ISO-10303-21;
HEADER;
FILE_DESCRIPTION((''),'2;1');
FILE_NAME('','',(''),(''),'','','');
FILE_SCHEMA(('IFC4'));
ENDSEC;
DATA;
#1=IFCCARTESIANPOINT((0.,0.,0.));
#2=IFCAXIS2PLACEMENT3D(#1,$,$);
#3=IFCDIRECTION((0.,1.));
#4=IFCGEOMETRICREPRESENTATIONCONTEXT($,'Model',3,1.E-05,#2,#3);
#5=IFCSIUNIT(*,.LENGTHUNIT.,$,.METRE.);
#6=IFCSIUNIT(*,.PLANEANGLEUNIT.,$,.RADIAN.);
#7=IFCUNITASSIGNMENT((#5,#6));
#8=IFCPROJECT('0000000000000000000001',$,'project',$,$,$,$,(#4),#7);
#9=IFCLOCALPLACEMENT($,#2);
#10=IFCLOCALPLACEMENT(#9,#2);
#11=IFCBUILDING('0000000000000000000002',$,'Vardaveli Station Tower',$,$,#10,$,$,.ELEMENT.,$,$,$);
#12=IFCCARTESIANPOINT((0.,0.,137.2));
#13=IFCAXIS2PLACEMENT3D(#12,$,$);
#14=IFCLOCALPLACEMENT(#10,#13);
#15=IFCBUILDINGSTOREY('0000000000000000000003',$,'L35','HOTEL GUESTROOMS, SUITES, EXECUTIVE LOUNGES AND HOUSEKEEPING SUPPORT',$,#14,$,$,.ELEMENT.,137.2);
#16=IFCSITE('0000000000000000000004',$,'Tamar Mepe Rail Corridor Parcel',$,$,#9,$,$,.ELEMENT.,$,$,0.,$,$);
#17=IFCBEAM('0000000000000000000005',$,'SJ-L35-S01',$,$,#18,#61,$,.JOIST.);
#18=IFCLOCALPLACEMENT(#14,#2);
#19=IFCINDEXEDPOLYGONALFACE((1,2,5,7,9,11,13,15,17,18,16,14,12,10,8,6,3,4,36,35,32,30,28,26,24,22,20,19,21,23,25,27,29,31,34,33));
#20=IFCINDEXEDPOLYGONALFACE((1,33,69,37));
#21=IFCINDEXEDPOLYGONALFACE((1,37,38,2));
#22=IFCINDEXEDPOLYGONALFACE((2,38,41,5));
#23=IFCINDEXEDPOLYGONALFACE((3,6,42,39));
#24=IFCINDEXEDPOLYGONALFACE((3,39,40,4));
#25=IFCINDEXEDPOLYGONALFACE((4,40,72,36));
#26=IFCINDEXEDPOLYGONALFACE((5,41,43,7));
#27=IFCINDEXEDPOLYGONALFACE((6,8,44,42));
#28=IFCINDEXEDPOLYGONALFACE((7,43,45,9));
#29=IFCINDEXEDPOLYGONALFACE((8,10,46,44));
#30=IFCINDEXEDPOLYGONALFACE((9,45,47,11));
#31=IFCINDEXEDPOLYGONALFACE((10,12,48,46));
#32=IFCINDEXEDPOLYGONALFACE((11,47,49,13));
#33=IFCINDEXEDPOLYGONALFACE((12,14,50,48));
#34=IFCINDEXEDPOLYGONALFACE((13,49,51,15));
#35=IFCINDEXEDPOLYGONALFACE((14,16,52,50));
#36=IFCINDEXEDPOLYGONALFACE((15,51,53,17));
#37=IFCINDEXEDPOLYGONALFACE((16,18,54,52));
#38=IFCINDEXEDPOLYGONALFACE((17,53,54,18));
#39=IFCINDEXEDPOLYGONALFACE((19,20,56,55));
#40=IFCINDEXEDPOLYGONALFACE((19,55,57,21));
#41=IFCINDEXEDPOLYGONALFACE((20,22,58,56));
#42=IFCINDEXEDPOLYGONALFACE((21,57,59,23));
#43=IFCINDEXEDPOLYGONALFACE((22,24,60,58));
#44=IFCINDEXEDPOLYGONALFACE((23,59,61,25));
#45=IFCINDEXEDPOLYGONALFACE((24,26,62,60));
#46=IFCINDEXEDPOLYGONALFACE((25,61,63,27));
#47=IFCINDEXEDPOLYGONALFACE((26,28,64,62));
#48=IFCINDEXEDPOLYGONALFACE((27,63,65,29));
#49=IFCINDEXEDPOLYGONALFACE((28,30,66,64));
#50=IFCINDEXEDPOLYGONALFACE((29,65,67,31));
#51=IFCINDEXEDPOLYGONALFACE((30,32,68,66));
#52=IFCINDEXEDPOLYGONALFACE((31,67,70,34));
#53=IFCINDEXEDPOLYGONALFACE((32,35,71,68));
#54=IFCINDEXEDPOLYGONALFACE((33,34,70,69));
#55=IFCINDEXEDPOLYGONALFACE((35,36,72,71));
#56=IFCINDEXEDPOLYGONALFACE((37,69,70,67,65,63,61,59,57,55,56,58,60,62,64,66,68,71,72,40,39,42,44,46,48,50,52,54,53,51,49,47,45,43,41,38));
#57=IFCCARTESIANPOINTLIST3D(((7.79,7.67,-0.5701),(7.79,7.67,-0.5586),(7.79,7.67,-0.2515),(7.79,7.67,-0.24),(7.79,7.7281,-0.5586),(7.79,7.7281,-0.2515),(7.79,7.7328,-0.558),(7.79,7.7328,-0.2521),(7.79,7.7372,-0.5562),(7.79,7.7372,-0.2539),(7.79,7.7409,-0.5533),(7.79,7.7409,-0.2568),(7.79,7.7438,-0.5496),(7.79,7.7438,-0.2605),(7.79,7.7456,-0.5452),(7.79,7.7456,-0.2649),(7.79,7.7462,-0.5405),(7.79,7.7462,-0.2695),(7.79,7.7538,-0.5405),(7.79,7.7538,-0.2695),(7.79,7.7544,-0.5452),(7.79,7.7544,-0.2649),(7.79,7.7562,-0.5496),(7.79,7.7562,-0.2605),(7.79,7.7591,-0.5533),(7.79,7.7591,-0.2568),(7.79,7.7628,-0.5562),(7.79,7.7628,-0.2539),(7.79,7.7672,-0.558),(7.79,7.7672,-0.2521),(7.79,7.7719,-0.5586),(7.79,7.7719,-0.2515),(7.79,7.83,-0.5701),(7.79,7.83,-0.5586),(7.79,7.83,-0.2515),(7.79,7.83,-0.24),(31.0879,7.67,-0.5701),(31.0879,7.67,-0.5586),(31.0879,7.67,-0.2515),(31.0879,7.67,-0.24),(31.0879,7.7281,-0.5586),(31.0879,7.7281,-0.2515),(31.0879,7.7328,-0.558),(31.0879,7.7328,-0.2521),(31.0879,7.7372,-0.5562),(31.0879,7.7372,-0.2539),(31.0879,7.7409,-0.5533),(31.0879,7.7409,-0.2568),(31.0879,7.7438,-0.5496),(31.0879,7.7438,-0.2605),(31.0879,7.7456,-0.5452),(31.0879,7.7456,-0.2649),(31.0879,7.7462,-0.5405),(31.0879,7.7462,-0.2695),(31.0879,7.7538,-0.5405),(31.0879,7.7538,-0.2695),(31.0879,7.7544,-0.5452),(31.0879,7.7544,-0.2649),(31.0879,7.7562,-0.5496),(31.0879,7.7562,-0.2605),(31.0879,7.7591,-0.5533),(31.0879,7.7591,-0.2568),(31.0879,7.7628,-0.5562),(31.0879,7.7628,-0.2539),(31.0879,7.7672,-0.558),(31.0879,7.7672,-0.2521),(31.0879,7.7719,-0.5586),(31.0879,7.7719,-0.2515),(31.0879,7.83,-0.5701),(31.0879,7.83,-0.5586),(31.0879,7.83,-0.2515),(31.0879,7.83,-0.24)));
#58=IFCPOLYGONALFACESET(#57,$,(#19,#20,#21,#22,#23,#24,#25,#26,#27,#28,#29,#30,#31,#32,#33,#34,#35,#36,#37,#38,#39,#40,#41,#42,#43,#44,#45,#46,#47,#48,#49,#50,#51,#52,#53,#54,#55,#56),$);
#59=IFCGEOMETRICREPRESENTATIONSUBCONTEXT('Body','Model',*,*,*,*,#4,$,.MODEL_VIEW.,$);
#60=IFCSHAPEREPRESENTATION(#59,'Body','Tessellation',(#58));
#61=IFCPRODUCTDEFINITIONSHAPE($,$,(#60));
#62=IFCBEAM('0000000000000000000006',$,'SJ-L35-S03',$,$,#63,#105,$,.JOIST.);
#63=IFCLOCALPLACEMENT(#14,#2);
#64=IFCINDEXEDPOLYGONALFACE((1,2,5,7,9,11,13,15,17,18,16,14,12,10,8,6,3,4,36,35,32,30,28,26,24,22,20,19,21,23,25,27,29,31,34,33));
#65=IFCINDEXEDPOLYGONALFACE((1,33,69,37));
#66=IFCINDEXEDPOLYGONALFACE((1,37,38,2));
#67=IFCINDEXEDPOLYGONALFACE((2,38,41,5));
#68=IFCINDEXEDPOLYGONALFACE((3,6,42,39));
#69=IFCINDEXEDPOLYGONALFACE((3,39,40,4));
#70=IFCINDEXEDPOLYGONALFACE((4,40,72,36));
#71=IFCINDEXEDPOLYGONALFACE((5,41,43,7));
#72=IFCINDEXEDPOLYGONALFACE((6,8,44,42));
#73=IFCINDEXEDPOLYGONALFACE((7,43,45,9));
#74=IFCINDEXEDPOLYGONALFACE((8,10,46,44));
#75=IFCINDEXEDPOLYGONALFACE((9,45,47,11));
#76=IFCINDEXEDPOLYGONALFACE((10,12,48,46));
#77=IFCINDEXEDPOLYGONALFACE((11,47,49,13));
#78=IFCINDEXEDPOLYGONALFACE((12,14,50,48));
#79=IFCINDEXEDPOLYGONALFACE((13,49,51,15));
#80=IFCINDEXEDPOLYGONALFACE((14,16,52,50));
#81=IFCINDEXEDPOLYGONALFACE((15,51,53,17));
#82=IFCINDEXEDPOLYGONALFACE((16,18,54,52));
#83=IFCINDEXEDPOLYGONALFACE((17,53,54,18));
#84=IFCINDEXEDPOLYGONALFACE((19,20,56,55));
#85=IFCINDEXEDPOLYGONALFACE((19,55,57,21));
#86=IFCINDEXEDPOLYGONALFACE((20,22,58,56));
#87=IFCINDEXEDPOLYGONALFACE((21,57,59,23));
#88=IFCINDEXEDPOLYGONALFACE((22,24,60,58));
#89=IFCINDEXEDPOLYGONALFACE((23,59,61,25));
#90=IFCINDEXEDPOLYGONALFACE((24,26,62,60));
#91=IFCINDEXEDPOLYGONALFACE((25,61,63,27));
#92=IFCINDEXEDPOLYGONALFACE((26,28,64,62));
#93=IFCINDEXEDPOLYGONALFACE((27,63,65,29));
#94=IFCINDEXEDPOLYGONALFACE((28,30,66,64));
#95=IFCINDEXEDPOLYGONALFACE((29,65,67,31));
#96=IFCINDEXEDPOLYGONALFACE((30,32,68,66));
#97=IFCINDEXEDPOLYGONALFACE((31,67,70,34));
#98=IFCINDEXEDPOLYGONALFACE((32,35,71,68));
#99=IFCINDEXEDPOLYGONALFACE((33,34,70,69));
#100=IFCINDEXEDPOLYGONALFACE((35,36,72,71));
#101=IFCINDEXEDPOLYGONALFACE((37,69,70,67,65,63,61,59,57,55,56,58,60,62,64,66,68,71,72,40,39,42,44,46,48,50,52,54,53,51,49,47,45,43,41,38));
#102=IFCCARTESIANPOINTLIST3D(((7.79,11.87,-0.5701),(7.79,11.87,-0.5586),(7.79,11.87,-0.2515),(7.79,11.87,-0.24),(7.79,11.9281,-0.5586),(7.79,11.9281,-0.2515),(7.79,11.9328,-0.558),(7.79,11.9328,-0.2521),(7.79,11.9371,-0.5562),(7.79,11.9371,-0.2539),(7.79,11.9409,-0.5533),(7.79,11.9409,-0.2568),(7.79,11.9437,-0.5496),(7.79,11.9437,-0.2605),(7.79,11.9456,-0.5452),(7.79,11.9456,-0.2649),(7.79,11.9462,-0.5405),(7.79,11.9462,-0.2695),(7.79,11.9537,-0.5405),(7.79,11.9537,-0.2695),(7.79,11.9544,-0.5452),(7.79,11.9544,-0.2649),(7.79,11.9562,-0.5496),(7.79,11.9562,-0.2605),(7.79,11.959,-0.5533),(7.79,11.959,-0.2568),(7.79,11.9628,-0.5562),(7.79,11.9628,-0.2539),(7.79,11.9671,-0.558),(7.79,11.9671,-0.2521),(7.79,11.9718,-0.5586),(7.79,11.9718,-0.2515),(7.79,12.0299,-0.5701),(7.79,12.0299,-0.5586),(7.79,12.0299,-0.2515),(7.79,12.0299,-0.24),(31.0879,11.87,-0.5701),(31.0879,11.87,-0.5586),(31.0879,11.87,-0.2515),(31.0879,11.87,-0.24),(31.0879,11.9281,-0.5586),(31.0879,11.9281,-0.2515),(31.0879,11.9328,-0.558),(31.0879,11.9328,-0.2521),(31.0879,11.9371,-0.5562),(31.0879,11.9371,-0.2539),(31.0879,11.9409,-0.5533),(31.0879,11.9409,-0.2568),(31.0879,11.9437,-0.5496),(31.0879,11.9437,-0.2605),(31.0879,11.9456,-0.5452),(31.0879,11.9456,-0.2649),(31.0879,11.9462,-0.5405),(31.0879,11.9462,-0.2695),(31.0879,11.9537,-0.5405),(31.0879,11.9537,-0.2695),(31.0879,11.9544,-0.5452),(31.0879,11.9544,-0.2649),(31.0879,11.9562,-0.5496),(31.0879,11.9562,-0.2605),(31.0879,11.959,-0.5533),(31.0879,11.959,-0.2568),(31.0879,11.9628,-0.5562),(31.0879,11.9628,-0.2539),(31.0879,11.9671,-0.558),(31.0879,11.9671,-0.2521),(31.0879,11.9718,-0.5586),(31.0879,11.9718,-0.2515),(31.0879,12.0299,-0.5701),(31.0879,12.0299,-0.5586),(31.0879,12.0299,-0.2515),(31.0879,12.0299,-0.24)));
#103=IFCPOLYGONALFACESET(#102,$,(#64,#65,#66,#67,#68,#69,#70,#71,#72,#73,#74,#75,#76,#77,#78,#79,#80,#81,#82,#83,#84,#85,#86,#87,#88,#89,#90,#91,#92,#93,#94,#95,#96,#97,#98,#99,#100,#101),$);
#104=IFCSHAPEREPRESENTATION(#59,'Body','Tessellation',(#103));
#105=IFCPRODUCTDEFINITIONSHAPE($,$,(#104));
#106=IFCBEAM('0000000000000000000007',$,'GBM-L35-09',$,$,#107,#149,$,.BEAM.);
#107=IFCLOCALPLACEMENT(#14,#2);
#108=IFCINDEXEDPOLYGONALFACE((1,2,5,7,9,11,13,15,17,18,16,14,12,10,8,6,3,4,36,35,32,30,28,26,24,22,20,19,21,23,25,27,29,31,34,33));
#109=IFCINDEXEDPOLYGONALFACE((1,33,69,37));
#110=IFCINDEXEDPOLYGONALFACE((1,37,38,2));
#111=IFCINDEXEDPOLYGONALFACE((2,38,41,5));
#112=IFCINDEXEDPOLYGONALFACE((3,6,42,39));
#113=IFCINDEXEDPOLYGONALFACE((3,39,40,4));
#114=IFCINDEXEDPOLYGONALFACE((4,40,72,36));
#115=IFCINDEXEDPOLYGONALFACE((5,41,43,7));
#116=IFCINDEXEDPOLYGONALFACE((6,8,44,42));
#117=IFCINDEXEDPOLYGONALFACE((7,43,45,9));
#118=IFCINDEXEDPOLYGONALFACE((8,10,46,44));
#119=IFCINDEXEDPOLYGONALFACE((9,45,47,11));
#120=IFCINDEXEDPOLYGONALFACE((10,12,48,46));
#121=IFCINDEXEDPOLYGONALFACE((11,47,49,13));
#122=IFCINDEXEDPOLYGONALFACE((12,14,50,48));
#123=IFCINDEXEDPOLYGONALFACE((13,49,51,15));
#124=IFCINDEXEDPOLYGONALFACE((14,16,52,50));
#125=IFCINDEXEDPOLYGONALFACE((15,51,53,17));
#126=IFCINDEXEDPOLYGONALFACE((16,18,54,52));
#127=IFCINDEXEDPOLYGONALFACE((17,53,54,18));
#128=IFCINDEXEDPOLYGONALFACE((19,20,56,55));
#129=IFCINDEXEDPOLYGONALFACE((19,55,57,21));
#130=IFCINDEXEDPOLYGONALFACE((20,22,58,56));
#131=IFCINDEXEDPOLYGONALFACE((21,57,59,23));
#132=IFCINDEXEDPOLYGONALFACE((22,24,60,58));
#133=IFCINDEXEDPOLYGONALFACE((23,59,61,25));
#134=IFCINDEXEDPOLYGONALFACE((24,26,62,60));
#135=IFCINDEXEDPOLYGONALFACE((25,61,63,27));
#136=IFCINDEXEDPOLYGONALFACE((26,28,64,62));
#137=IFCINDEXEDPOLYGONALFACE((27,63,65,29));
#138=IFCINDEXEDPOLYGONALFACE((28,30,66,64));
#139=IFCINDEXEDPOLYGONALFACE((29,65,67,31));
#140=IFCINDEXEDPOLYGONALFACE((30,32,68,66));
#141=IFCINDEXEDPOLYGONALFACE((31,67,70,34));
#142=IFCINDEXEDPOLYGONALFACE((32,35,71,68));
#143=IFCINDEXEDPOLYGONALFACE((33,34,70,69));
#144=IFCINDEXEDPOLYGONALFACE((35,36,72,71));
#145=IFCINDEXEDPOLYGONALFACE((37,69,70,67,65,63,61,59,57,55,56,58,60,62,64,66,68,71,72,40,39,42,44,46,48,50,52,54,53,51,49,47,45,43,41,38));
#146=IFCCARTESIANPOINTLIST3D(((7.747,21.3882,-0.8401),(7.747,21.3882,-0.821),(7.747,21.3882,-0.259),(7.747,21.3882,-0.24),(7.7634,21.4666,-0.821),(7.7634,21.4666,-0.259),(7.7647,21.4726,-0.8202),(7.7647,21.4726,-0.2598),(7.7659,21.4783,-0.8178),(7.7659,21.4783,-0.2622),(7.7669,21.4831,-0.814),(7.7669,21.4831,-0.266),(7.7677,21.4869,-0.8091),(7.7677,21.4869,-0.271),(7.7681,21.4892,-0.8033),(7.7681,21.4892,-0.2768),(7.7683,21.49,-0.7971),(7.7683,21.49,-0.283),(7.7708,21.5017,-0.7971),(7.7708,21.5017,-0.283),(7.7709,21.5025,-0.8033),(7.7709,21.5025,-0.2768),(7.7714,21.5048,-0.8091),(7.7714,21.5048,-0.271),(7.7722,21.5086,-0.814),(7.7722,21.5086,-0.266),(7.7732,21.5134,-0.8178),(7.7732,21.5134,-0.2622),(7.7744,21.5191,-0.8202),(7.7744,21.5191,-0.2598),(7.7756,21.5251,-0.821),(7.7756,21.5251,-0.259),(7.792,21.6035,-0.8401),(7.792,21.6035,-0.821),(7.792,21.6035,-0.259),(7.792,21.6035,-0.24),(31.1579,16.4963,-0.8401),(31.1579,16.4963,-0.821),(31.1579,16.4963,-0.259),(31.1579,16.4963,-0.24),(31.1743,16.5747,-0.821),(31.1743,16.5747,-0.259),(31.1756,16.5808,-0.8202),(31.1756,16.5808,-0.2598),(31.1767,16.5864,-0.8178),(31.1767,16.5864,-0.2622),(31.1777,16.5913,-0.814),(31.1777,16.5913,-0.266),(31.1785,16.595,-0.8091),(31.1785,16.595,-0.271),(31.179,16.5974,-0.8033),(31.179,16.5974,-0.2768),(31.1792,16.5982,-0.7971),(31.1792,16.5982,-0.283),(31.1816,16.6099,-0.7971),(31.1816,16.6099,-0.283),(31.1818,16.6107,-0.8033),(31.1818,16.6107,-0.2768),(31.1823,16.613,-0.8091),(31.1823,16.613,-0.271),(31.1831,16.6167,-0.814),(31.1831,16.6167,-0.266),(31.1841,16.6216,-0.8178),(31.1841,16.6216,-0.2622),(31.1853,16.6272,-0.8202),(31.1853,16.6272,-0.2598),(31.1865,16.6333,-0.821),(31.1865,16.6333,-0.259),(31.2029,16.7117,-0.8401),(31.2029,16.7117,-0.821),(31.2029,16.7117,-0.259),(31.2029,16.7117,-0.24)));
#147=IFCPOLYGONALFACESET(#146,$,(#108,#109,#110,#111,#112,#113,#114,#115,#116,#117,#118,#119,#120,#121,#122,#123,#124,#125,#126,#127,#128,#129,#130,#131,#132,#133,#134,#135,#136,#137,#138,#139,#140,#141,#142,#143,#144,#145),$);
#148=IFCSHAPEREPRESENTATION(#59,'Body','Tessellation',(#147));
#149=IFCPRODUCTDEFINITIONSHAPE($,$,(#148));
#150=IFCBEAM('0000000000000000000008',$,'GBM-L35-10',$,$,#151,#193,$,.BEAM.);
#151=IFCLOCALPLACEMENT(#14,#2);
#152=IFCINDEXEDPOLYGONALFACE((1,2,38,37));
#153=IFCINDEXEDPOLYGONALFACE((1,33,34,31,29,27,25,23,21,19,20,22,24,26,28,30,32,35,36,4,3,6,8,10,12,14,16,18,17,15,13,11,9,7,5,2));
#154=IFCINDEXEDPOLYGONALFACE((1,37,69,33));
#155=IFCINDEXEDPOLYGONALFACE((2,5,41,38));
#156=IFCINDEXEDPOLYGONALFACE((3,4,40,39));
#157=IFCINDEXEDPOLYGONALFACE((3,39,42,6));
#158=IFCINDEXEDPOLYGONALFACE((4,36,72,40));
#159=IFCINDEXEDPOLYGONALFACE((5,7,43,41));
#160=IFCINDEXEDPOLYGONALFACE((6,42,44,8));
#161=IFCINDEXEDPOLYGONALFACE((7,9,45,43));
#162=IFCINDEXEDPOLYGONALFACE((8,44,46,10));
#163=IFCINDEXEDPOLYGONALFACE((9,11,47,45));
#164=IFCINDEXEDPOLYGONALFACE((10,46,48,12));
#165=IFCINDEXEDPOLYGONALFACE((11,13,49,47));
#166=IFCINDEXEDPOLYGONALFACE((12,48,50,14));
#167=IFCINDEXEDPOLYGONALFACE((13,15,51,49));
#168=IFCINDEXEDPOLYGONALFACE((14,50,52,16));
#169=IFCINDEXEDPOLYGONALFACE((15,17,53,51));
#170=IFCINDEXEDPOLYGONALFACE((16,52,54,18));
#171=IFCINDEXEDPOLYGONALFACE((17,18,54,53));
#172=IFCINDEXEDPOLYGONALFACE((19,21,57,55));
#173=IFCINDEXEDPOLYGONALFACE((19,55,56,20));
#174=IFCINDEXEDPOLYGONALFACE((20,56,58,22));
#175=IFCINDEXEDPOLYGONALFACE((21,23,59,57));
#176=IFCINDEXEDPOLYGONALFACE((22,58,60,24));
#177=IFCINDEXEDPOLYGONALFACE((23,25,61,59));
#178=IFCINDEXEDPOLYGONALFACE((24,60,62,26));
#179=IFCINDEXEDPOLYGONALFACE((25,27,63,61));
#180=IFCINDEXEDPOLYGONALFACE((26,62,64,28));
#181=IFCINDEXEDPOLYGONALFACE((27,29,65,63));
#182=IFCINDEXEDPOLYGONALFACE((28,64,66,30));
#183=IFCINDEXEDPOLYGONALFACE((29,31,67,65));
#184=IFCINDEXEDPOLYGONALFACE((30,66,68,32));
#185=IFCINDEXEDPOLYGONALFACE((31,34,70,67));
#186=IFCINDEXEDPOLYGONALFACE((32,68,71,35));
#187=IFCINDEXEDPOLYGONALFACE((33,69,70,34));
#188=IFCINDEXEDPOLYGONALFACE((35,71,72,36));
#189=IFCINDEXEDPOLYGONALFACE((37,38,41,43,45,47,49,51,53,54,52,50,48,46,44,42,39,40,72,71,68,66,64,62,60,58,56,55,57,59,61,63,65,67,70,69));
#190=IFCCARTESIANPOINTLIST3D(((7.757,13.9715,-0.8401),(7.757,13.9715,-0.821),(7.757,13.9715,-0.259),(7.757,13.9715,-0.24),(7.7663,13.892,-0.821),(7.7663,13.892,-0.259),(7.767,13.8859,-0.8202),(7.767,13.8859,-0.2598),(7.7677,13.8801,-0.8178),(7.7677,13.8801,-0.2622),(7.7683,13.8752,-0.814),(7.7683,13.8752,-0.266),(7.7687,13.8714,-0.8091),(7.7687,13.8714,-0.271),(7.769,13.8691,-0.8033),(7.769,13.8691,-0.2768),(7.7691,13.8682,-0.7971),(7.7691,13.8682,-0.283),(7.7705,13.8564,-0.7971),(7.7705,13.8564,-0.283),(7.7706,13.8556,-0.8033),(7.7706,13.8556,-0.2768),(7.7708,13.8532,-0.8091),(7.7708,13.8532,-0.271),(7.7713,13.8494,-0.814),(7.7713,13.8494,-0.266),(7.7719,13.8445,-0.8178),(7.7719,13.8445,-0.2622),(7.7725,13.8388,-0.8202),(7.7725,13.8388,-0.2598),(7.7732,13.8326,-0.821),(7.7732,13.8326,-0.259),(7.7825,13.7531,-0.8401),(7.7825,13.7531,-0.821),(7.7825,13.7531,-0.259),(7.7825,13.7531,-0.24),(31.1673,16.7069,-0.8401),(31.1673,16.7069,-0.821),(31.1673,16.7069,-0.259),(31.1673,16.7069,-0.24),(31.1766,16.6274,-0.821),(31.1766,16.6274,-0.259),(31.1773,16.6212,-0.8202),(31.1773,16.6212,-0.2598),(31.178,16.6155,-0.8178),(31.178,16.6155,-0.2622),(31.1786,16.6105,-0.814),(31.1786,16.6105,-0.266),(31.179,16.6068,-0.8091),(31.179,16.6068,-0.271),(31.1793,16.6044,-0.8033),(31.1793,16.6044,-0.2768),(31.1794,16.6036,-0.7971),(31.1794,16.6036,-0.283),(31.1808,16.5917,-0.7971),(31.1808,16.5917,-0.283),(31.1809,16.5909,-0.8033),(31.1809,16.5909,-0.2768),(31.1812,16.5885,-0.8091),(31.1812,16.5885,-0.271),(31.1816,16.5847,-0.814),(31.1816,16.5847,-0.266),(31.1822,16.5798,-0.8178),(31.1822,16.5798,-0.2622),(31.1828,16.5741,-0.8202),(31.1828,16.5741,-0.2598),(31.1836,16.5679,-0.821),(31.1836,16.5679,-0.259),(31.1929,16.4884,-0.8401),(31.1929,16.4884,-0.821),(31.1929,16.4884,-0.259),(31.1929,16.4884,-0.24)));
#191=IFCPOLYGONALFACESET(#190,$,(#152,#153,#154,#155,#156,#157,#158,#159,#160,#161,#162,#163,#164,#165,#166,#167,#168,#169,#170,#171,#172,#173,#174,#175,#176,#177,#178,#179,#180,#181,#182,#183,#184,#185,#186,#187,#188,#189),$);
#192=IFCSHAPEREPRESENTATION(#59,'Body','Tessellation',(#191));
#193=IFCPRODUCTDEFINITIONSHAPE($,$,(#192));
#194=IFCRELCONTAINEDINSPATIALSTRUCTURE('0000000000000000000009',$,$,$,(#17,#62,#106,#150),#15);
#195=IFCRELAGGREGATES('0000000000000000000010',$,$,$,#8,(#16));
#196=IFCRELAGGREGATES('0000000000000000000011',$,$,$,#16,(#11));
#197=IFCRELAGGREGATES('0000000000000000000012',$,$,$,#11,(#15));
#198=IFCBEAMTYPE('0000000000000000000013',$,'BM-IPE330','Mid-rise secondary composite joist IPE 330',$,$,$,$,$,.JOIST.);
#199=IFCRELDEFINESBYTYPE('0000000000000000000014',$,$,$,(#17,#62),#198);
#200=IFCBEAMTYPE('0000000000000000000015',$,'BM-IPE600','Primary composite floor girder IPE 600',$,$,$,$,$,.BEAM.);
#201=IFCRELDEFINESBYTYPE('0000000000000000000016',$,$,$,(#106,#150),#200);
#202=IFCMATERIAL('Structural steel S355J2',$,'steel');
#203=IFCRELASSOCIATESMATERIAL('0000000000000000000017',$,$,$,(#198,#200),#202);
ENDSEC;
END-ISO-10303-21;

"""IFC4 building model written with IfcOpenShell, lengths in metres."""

from ifc_helpers import new_model, si_unit, direction, frame, origin, origin_2d, place, context, subcontext, project, spatial, i_section, extrude, source, transform, mapped, material, material_profile, profile_set, type_object, element, save


model = new_model("IFC4")

# Units and contexts
model_context = context("Model", 3, precision=1e-05, world=origin(), true_north=direction((0.0, 1.0)))
body_context = subcontext(model_context, "Body", "Model", "MODEL_VIEW")
ifc_project = project(units=[si_unit("LENGTHUNIT", "METRE"), si_unit("PLANEANGLEUNIT", "RADIAN")], contexts=[model_context])

# Site, building, storey
site_placement = place(None, origin())
site = spatial("IfcSite", under=ifc_project, at=site_placement, Name="Tamar Mepe Rail Corridor Parcel", CompositionType="ELEMENT", RefElevation=0.0)
building_placement = place(site_placement, origin())
building = spatial("IfcBuilding", under=site, at=building_placement, Name="Vardaveli Station Tower", CompositionType="ELEMENT")
storey_placement = place(building_placement, frame((0.0, 0.0, 137.2)))
storey = spatial("IfcBuildingStorey", under=building, at=storey_placement, Name="L35", Description="HOTEL GUESTROOMS, SUITES, EXECUTIVE LOUNGES AND HOUSEKEEPING SUPPORT", CompositionType="ELEMENT", Elevation=137.2)

# Beams
ifc_material_1 = material(Name="Structural steel S355J2", Category="steel")
ifc_material_profile_1 = material_profile(ifc_material_1, i_section(OverallWidth=0.1599, OverallDepth=0.3301, WebThickness=0.0076, FlangeThickness=0.0115, FilletRadius=0.0181, at=origin_2d()), Name="IPE 330")
ifc_profile_set_1 = profile_set([ifc_material_profile_1], Name="Structural steel S355J2")
beam_type_1 = type_object("IfcBeamType", Name="BM-IPE330", Description="Mid-rise secondary composite joist IPE 330", PredefinedType="JOIST", material=ifc_profile_set_1)
shared_shape_1 = source(origin(), body_context, "Body", "SweptSolid", [
    extrude(i_section(OverallWidth=0.1599, OverallDepth=0.3301, WebThickness=0.0076, FlangeThickness=0.0115, FilletRadius=0.0181, at=origin_2d()), origin(), (0.0, 0.0, 1.0), 23.2979),
])
for number, where, z_axis, x_axis, name in (
    (1, (7.79, 7.75, -0.405), (1.0, 0.0, 0.0), (0.0, 1.0, 0.0), "SJ-L35-S01"),
    (2, (7.79, 11.95, -0.405), (1.0, 0.0, 0.0), (0.0, 1.0, 0.0), "SJ-L35-S03"),
):
    element("IfcBeam", number, at=place(storey_placement, frame(where, z_axis=z_axis, x_axis=x_axis)), inside=storey, type_object=beam_type_1, Name=name, PredefinedType="JOIST", context=body_context, shape_type="MappedRepresentation", body=[
        mapped(shared_shape_1, transform((0.0, 0.0, 0.0), scale=1.0)),
    ])
ifc_material_profile_2 = material_profile(ifc_material_1, i_section(OverallWidth=0.22, OverallDepth=0.6001, WebThickness=0.012, FlangeThickness=0.019, FilletRadius=0.0239, at=origin_2d()), Name="IPE 600")
ifc_profile_set_2 = profile_set([ifc_material_profile_2], Name="Structural steel S355J2")
beam_type_2 = type_object("IfcBeamType", Name="BM-IPE600", Description="Primary composite floor girder IPE 600", PredefinedType="BEAM", material=ifc_profile_set_2)
shared_shape_2 = source(origin(), body_context, "Body", "SweptSolid", [
    extrude(i_section(OverallWidth=0.22, OverallDepth=0.6001, WebThickness=0.012, FlangeThickness=0.019, FilletRadius=0.0239, at=origin_2d()), origin(), (0.0, 0.0, 1.0), 23.9165),
])
beam_1_placement = place(storey_placement, frame((7.7695, 21.4958, -0.54), z_axis=(0.978859, -0.204538, 0.0), x_axis=(0.204538, 0.978859, 0.0)))
element("IfcBeam", 3, at=beam_1_placement, inside=storey, type_object=beam_type_2, Name="GBM-L35-09", PredefinedType="BEAM", context=body_context, shape_type="MappedRepresentation", body=[
    mapped(shared_shape_2, transform((0.0, 0.0, 0.0), scale=1.0)),
])
shared_shape_3 = source(origin(), body_context, "Body", "SweptSolid", [
    extrude(i_section(OverallWidth=0.22, OverallDepth=0.6001, WebThickness=0.012, FlangeThickness=0.019, FilletRadius=0.0239, at=origin_2d()), origin(), (0.0, 0.0, 1.0), 23.5696),
])
beam_2_placement = place(storey_placement, frame((7.7698, 13.8623, -0.54), z_axis=(0.993243, 0.116054, 0.0), x_axis=(-0.116054, 0.993243, 0.0)))
element("IfcBeam", 4, at=beam_2_placement, inside=storey, type_object=beam_type_2, Name="GBM-L35-10", PredefinedType="BEAM", context=body_context, shape_type="MappedRepresentation", body=[
    mapped(shared_shape_3, transform((0.0, 0.0, 0.0), scale=1.0)),
])

save(model, "model.ifc")
